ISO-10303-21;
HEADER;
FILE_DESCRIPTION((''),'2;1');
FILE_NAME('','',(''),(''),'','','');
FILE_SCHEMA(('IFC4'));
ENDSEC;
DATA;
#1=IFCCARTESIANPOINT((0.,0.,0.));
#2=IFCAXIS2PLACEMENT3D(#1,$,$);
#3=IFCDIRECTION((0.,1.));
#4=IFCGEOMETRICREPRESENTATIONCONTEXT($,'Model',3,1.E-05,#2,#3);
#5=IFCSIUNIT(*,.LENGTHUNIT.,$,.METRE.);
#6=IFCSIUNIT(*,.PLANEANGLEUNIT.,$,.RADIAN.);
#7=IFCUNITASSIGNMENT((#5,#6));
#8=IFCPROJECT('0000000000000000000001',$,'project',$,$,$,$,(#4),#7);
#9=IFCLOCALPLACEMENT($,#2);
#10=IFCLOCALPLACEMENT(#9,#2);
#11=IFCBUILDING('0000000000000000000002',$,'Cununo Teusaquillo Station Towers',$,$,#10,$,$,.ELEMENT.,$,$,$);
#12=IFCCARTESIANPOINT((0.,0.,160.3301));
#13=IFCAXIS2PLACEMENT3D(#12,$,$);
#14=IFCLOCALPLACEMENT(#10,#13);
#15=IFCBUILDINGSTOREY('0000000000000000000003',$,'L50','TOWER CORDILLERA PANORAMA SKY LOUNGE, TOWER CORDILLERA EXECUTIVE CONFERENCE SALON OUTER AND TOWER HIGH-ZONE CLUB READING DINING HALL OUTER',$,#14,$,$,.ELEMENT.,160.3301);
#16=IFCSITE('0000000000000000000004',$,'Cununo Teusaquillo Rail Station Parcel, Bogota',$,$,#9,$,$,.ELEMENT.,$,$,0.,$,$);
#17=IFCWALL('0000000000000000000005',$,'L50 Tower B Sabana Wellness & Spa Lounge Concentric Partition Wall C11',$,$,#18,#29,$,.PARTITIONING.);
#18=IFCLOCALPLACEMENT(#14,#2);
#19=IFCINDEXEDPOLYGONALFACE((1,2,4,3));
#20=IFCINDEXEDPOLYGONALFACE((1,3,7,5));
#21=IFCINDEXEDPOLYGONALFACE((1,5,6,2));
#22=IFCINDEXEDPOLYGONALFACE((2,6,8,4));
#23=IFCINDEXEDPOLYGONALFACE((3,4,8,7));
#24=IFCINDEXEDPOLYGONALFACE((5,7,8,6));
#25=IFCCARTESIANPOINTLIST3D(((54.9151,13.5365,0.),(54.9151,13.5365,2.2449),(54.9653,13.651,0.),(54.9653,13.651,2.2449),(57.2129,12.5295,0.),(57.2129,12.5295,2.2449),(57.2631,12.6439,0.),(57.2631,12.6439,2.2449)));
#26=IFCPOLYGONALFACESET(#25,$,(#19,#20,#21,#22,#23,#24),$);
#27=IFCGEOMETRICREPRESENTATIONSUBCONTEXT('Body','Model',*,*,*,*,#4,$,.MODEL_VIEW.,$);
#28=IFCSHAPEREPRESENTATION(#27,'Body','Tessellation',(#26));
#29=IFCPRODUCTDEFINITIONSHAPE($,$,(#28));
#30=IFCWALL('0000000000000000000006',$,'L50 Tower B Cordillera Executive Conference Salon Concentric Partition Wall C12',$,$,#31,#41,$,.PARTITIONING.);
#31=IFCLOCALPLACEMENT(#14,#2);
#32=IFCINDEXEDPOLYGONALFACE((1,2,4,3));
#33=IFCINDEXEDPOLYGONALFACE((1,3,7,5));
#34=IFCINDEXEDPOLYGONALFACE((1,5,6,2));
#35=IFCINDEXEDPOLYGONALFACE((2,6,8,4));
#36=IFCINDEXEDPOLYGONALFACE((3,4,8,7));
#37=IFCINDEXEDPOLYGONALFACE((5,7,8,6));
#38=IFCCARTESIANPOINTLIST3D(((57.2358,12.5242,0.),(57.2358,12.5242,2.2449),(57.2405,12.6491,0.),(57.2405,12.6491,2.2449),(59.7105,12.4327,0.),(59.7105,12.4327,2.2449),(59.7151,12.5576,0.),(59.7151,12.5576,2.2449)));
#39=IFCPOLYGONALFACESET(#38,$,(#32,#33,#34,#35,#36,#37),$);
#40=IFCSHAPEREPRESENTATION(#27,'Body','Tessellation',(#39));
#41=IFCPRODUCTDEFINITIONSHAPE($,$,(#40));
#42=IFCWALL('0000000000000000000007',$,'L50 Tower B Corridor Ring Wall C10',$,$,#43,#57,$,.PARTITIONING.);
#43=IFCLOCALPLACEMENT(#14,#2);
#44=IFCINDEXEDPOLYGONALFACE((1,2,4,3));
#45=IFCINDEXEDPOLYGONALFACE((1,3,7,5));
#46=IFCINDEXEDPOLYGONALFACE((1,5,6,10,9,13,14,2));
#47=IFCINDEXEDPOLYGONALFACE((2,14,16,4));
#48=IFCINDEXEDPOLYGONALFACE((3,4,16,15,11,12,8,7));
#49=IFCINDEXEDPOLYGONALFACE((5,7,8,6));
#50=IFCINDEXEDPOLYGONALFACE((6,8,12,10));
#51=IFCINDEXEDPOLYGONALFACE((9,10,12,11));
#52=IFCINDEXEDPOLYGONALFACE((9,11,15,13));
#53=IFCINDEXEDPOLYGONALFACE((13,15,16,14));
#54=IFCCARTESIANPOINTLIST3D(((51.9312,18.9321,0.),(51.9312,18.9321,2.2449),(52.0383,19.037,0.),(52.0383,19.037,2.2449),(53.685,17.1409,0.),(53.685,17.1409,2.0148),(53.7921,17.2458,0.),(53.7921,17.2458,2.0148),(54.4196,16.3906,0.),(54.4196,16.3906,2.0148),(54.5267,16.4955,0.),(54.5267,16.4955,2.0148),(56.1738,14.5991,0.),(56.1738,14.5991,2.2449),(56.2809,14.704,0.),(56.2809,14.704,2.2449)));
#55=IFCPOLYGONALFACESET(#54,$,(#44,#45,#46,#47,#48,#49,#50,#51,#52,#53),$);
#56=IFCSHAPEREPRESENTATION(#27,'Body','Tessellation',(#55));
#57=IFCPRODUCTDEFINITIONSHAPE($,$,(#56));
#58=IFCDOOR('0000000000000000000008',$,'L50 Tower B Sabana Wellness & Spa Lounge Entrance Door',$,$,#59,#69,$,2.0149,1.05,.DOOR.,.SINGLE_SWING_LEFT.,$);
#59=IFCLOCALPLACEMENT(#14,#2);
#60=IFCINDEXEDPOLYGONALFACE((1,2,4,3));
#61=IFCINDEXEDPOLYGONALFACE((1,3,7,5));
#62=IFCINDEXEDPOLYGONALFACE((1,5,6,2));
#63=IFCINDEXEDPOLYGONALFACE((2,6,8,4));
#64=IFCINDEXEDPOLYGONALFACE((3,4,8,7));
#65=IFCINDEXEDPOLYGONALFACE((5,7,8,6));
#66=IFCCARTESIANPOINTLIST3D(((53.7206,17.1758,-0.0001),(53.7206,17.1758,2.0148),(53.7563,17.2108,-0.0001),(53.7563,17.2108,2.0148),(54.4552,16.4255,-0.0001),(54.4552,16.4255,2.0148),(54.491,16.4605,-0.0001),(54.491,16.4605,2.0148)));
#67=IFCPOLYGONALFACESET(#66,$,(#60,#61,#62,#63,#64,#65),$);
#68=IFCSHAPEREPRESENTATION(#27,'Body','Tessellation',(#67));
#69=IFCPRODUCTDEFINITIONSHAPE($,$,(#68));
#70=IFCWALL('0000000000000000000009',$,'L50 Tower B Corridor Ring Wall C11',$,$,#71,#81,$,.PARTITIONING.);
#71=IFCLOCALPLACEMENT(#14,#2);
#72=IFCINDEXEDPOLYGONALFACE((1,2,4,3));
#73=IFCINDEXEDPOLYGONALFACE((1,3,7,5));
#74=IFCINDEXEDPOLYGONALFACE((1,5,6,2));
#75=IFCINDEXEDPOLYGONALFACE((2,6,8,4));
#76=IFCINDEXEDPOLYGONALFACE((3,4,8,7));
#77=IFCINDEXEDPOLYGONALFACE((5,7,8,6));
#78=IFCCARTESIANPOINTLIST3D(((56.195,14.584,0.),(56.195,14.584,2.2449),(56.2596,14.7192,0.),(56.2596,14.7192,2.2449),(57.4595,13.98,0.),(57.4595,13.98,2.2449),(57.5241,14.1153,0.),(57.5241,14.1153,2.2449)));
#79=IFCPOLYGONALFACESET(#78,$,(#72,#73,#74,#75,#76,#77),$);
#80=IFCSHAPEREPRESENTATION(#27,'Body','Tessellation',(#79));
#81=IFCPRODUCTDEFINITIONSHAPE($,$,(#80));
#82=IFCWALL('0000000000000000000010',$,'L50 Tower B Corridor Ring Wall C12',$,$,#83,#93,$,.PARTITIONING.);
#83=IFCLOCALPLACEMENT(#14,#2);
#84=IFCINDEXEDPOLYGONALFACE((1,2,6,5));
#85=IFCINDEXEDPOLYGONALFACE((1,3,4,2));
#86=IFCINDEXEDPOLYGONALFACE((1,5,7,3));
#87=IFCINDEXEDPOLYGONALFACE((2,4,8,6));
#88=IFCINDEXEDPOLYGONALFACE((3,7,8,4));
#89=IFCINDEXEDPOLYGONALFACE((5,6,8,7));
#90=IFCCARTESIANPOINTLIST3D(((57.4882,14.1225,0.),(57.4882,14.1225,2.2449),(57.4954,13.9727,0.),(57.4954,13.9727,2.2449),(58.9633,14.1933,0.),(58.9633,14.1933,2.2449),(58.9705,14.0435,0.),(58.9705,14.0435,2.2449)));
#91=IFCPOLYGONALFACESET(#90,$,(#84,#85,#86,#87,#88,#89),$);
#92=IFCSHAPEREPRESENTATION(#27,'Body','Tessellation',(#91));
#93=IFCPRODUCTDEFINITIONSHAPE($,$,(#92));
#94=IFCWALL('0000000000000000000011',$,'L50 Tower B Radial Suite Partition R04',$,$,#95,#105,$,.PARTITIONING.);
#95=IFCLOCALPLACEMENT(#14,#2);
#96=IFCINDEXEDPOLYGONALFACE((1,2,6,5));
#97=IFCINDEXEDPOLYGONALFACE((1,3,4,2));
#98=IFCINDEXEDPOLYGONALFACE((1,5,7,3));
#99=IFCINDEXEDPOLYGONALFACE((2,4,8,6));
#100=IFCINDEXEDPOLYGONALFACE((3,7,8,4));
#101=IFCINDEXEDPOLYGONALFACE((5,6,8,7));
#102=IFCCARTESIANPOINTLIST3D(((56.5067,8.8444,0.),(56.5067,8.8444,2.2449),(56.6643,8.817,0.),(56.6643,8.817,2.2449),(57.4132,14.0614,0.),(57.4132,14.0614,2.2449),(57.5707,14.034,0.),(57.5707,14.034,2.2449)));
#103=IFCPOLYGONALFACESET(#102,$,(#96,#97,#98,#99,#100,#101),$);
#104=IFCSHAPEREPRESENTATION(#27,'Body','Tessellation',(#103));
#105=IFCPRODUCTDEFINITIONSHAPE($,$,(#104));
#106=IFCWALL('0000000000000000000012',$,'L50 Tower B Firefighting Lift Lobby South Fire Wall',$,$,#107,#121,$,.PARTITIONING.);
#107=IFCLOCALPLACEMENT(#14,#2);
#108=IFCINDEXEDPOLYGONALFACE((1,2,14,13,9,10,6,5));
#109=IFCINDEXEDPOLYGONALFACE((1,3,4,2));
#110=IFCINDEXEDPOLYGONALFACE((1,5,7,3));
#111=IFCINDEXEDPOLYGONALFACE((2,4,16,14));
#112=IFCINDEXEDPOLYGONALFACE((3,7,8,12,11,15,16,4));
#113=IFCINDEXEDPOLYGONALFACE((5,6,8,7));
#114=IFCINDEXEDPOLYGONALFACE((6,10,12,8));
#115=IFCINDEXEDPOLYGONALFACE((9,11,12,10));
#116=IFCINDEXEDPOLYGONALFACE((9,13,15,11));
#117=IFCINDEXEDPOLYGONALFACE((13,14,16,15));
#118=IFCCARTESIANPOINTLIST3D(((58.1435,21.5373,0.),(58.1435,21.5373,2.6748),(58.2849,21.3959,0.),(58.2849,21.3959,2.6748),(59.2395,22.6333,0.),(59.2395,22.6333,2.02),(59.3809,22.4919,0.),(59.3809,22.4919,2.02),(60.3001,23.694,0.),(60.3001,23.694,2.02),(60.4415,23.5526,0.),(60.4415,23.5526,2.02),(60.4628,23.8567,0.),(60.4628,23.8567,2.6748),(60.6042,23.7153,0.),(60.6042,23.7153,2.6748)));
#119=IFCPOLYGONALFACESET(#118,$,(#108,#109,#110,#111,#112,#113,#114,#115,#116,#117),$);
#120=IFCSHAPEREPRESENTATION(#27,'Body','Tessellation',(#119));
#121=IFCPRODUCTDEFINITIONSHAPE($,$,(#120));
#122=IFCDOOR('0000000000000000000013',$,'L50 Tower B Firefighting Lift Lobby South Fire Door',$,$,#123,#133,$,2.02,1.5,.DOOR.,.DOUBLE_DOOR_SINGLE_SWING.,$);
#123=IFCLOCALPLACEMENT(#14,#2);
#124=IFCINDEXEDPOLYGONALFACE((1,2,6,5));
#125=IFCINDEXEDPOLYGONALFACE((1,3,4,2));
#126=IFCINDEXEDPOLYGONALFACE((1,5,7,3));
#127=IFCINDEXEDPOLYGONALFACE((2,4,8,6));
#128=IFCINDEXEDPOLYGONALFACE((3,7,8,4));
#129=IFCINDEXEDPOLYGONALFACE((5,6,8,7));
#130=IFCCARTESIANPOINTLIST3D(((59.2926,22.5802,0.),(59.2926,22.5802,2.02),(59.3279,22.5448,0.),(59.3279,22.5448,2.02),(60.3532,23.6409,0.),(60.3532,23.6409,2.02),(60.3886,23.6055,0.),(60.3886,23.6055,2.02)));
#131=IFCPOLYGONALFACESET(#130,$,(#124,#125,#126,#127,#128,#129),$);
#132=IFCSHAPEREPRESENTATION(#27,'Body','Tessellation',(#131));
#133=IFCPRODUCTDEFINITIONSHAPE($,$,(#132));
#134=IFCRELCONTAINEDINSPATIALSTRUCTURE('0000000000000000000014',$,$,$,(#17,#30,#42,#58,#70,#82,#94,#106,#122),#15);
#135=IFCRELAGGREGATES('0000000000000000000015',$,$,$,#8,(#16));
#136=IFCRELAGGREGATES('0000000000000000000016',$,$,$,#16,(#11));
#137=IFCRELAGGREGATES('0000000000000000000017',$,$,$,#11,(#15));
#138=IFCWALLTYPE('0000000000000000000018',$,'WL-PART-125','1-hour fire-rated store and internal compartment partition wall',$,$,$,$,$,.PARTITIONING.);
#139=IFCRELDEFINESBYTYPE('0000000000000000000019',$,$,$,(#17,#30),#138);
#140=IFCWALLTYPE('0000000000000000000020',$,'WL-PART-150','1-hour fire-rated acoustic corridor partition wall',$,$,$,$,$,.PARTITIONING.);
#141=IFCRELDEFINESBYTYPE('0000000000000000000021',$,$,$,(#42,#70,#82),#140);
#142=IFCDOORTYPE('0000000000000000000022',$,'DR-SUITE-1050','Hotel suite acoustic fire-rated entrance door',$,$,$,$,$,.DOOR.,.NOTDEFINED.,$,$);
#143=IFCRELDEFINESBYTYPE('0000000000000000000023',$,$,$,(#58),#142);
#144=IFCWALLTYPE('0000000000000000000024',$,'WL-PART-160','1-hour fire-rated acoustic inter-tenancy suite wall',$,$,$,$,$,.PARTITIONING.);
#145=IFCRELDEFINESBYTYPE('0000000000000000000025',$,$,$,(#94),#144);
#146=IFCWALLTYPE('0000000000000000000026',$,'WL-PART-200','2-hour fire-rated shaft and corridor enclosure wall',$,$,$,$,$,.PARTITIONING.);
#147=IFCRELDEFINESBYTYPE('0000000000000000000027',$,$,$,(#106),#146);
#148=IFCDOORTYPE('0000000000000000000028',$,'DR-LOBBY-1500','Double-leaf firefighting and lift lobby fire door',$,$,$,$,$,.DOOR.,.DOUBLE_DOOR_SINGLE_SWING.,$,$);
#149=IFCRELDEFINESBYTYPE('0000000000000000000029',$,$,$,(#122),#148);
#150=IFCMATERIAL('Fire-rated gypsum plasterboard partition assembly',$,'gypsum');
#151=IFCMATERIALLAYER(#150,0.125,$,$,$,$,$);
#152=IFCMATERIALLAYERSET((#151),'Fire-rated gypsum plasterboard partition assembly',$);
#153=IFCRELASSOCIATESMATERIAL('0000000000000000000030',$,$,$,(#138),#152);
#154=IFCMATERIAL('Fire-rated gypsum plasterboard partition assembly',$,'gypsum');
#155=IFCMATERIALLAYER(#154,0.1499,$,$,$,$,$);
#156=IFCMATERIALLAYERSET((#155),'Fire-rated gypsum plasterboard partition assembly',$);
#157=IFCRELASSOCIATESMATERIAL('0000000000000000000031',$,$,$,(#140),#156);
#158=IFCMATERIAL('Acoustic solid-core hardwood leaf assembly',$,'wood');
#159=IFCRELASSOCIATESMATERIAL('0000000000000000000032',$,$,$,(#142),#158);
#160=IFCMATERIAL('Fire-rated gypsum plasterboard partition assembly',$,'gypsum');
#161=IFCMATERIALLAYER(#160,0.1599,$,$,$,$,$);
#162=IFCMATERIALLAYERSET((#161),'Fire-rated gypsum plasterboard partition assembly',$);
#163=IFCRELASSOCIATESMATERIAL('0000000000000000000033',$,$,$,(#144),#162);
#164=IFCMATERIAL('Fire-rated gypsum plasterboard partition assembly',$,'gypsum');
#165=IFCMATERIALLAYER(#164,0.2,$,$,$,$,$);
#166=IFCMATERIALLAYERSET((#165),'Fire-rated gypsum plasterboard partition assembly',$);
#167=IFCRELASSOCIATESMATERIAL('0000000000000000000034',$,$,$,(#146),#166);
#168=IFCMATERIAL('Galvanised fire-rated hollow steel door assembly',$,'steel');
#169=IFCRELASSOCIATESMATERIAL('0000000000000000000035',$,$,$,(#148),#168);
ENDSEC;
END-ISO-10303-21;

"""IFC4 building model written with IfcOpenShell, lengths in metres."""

from ifc_helpers import new_model, si_unit, direction, frame, frame_2d, origin, place, context, subcontext, project, spatial, rectangle, extrude, source, transform, mapped, material, layer, layer_set, type_object, element, fill, save


model = new_model("IFC4")

# Units and contexts
model_context = context("Model", 3, precision=1e-05, world=origin(), true_north=direction((0.0, 1.0)))
body_context = subcontext(model_context, "Body", "Model", "MODEL_VIEW")
ifc_project = project(units=[si_unit("LENGTHUNIT", "METRE"), si_unit("PLANEANGLEUNIT", "RADIAN")], contexts=[model_context])

# Site, building, storey
site_placement = place(None, origin())
site = spatial("IfcSite", under=ifc_project, at=site_placement, Name="Cununo Teusaquillo Rail Station Parcel, Bogota", CompositionType="ELEMENT", RefElevation=0.0)
building_placement = place(site_placement, origin())
building = spatial("IfcBuilding", under=site, at=building_placement, Name="Cununo Teusaquillo Station Towers", CompositionType="ELEMENT")
storey_placement = place(building_placement, frame((0.0, 0.0, 160.3301)))
storey = spatial("IfcBuildingStorey", under=building, at=storey_placement, Name="L50", Description="TOWER CORDILLERA PANORAMA SKY LOUNGE, TOWER CORDILLERA EXECUTIVE CONFERENCE SALON OUTER AND TOWER HIGH-ZONE CLUB READING DINING HALL OUTER", CompositionType="ELEMENT", Elevation=160.3301)

# Walls
ifc_material_1 = material(Name="Fire-rated gypsum plasterboard partition assembly", Category="gypsum")
ifc_layer_1 = layer(ifc_material_1, 0.125)
ifc_layer_set_1 = layer_set([ifc_layer_1], Name="Fire-rated gypsum plasterboard partition assembly")
wall_type_1 = type_object("IfcWallType", Name="WL-PART-125", Description="1-hour fire-rated store and internal compartment partition wall", PredefinedType="PARTITIONING", material=ifc_layer_set_1)
wall_1_placement = place(storey_placement, frame((54.9402, 13.5938, 0.0), z_axis=(0.0, 0.0, 1.0), x_axis=(0.915898, -0.401411, 0.0)))
element("IfcWall", 1, at=wall_1_placement, inside=storey, type_object=wall_type_1, Name="L50 Tower B Sabana Wellness & Spa Lounge Concentric Partition Wall C11", PredefinedType="PARTITIONING", context=body_context, shape_type="SweptSolid", body=[
    extrude(rectangle(XDim=2.5088, YDim=0.125, at=frame_2d((1.2544, 0.0))), origin(), (0.0, 0.0, 1.0), 2.2449),
])
wall_2_placement = place(storey_placement, frame((57.238, 12.5867, 0.0), z_axis=(0.0, 0.0, 1.0), x_axis=(0.999316, -0.036972, 0.0)))
element("IfcWall", 2, at=wall_2_placement, inside=storey, type_object=wall_type_1, Name="L50 Tower B Cordillera Executive Conference Salon Concentric Partition Wall C12", PredefinedType="PARTITIONING", context=body_context, shape_type="SweptSolid", body=[
    extrude(rectangle(XDim=2.4763, YDim=0.125, at=frame_2d((1.2383, 0.0))), origin(), (0.0, 0.0, 1.0), 2.2449),
])

# Wall, opening, door
ifc_material_2 = material(Name="Fire-rated gypsum plasterboard partition assembly", Category="gypsum")
ifc_layer_2 = layer(ifc_material_2, 0.1499)
ifc_layer_set_2 = layer_set([ifc_layer_2], Name="Fire-rated gypsum plasterboard partition assembly")
wall_type_2 = type_object("IfcWallType", Name="WL-PART-150", Description="1-hour fire-rated acoustic corridor partition wall", PredefinedType="PARTITIONING", material=ifc_layer_set_2)
wall_3_placement = place(storey_placement, frame((51.9846, 18.9846, 0.0), z_axis=(0.0, 0.0, 1.0), x_axis=(0.69962, -0.714515, 0.0)))
wall_3 = element("IfcWall", 3, at=wall_3_placement, inside=storey, type_object=wall_type_2, Name="L50 Tower B Corridor Ring Wall C10", PredefinedType="PARTITIONING", context=body_context, shape_type="SweptSolid", body=[
    extrude(rectangle(XDim=6.0642, YDim=0.1499, at=frame_2d((3.0322, 0.0))), origin(), (0.0, 0.0, 1.0), 2.2449),
])
shared_shape_1 = source(origin(), body_context, "Body", "SweptSolid", [
    extrude(rectangle(XDim=1.05, YDim=2.0149, at=frame_2d((0.5249, 1.0073))), frame((0.0, 0.085, 0.0), z_axis=(0.0, -1.0, 0.0), x_axis=(1.0, 0.0, 0.0)), (0.0, 0.0, 1.0), 0.1699),
])
opening_1_placement = place(wall_3_placement, frame((2.5071, 0.0, 0.0)))
opening_1 = element("IfcOpeningElement", 4, at=opening_1_placement, cuts=wall_3, PredefinedType="OPENING", context=body_context, shape_type="MappedRepresentation", body=[
    mapped(shared_shape_1, transform((0.0, 0.0, 0.0), x_axis=(1.0, 0.0, 0.0), y_axis=(0.0, 1.0, 0.0), z_axis=(0.0, 0.0, 1.0), scale=1.0)),
])
ifc_material_3 = material(Name="Acoustic solid-core hardwood leaf assembly", Category="wood")
door_type_1 = type_object("IfcDoorType", Name="DR-SUITE-1050", Description="Hotel suite acoustic fire-rated entrance door", OperationType="NOTDEFINED", PredefinedType="DOOR", material=ifc_material_3)
shared_shape_2 = source(origin(), body_context, "Body", "SweptSolid", [
    extrude(rectangle(XDim=1.05, YDim=2.0149, at=frame_2d((0.5249, 1.0073))), frame((0.0, 0.0249, 0.0), z_axis=(0.0, -1.0, 0.0), x_axis=(1.0, 0.0, 0.0)), (0.0, 0.0, 1.0), 0.05),
])
door_1_placement = place(opening_1_placement, origin())
door_1 = element("IfcDoor", 5, at=door_1_placement, inside=storey, type_object=door_type_1, Name="L50 Tower B Sabana Wellness & Spa Lounge Entrance Door", OperationType="SINGLE_SWING_LEFT", OverallHeight=2.0149, OverallWidth=1.05, PredefinedType="DOOR", context=body_context, shape_type="MappedRepresentation", body=[
    mapped(shared_shape_2, transform((0.0, 0.0, 0.0), x_axis=(1.0, 0.0, 0.0), y_axis=(0.0, 1.0, 0.0), z_axis=(0.0, 0.0, 1.0), scale=1.0)),
])
fill(opening_1, door_1)

# Walls
wall_4_placement = place(storey_placement, frame((56.2273, 14.6516, 0.0), z_axis=(0.0, 0.0, 1.0), x_axis=(0.902364, -0.430975, 0.0)))
element("IfcWall", 6, at=wall_4_placement, inside=storey, type_object=wall_type_2, Name="L50 Tower B Corridor Ring Wall C11", PredefinedType="PARTITIONING", context=body_context, shape_type="SweptSolid", body=[
    extrude(rectangle(XDim=1.4014, YDim=0.1499, at=frame_2d((0.7007, 0.0))), origin(), (0.0, 0.0, 1.0), 2.2449),
])
wall_5_placement = place(storey_placement, frame((57.4919, 14.0476, 0.0), z_axis=(0.0, 0.0, 1.0), x_axis=(0.99885, 0.047942, 0.0)))
element("IfcWall", 7, at=wall_5_placement, inside=storey, type_object=wall_type_2, Name="L50 Tower B Corridor Ring Wall C12", PredefinedType="PARTITIONING", context=body_context, shape_type="SweptSolid", body=[
    extrude(rectangle(XDim=1.4768, YDim=0.1499, at=frame_2d((0.7383, 0.0))), origin(), (0.0, 0.0, 1.0), 2.2449),
])
ifc_material_4 = material(Name="Fire-rated gypsum plasterboard partition assembly", Category="gypsum")
ifc_layer_3 = layer(ifc_material_4, 0.1599)
ifc_layer_set_3 = layer_set([ifc_layer_3], Name="Fire-rated gypsum plasterboard partition assembly")
wall_type_3 = type_object("IfcWallType", Name="WL-PART-160", Description="1-hour fire-rated acoustic inter-tenancy suite wall", PredefinedType="PARTITIONING", material=ifc_layer_set_3)
wall_6_placement = place(storey_placement, frame((57.4919, 14.0476, 0.0), z_axis=(0.0, 0.0, 1.0), x_axis=(-0.171191, -0.985238, 0.0)))
element("IfcWall", 8, at=wall_6_placement, inside=storey, type_object=wall_type_3, Name="L50 Tower B Radial Suite Partition R04", PredefinedType="PARTITIONING", context=body_context, shape_type="SweptSolid", body=[
    extrude(rectangle(XDim=5.2952, YDim=0.1599, at=frame_2d((2.6475, 0.0))), origin(), (0.0, 0.0, 1.0), 2.2449),
])

# Wall, opening, door
ifc_material_5 = material(Name="Fire-rated gypsum plasterboard partition assembly", Category="gypsum")
ifc_layer_4 = layer(ifc_material_5, 0.2)
ifc_layer_set_4 = layer_set([ifc_layer_4], Name="Fire-rated gypsum plasterboard partition assembly")
wall_type_4 = type_object("IfcWallType", Name="WL-PART-200", Description="2-hour fire-rated shaft and corridor enclosure wall", PredefinedType="PARTITIONING", material=ifc_layer_set_4)
wall_7_placement = place(storey_placement, frame((58.2141, 21.4666, 0.0), z_axis=(0.0, 0.0, 1.0), x_axis=(0.707107, 0.707107, 0.0)))
wall_7 = element("IfcWall", 9, at=wall_7_placement, inside=storey, type_object=wall_type_4, Name="L50 Tower B Firefighting Lift Lobby South Fire Wall", PredefinedType="PARTITIONING", context=body_context, shape_type="SweptSolid", body=[
    extrude(rectangle(XDim=3.28, YDim=0.2, at=frame_2d((1.6401, 0.0))), origin(), (0.0, 0.0, 1.0), 2.6748),
])
shared_shape_3 = source(origin(), body_context, "Body", "SweptSolid", [
    extrude(rectangle(XDim=1.5, YDim=2.02, at=frame_2d((0.75, 1.01))), frame((0.0, 0.1099, 0.0), z_axis=(0.0, -1.0, 0.0), x_axis=(1.0, 0.0, 0.0)), (0.0, 0.0, 1.0), 0.22),
])
opening_2_placement = place(wall_7_placement, frame((1.55, 0.0, 0.0)))
opening_2 = element("IfcOpeningElement", 10, at=opening_2_placement, cuts=wall_7, PredefinedType="OPENING", context=body_context, shape_type="MappedRepresentation", body=[
    mapped(shared_shape_3, transform((0.0, 0.0, 0.0), x_axis=(1.0, 0.0, 0.0), y_axis=(0.0, 1.0, 0.0), z_axis=(0.0, 0.0, 1.0), scale=1.0)),
])
ifc_material_6 = material(Name="Galvanised fire-rated hollow steel door assembly", Category="steel")
door_type_2 = type_object("IfcDoorType", Name="DR-LOBBY-1500", Description="Double-leaf firefighting and lift lobby fire door", OperationType="DOUBLE_DOOR_SINGLE_SWING", PredefinedType="DOOR", material=ifc_material_6)
shared_shape_4 = source(origin(), body_context, "Body", "SweptSolid", [
    extrude(rectangle(XDim=1.5, YDim=2.02, at=frame_2d((0.75, 1.01))), frame((0.0, 0.0249, 0.0), z_axis=(0.0, -1.0, 0.0), x_axis=(1.0, 0.0, 0.0)), (0.0, 0.0, 1.0), 0.05),
])
door_2_placement = place(opening_2_placement, origin())
door_2 = element("IfcDoor", 11, at=door_2_placement, inside=storey, type_object=door_type_2, Name="L50 Tower B Firefighting Lift Lobby South Fire Door", OperationType="DOUBLE_DOOR_SINGLE_SWING", OverallHeight=2.02, OverallWidth=1.5, PredefinedType="DOOR", context=body_context, shape_type="MappedRepresentation", body=[
    mapped(shared_shape_4, transform((0.0, 0.0, 0.0), x_axis=(1.0, 0.0, 0.0), y_axis=(0.0, 1.0, 0.0), z_axis=(0.0, 0.0, 1.0), scale=1.0)),
])
fill(opening_2, door_2)

save(model, "model.ifc")
